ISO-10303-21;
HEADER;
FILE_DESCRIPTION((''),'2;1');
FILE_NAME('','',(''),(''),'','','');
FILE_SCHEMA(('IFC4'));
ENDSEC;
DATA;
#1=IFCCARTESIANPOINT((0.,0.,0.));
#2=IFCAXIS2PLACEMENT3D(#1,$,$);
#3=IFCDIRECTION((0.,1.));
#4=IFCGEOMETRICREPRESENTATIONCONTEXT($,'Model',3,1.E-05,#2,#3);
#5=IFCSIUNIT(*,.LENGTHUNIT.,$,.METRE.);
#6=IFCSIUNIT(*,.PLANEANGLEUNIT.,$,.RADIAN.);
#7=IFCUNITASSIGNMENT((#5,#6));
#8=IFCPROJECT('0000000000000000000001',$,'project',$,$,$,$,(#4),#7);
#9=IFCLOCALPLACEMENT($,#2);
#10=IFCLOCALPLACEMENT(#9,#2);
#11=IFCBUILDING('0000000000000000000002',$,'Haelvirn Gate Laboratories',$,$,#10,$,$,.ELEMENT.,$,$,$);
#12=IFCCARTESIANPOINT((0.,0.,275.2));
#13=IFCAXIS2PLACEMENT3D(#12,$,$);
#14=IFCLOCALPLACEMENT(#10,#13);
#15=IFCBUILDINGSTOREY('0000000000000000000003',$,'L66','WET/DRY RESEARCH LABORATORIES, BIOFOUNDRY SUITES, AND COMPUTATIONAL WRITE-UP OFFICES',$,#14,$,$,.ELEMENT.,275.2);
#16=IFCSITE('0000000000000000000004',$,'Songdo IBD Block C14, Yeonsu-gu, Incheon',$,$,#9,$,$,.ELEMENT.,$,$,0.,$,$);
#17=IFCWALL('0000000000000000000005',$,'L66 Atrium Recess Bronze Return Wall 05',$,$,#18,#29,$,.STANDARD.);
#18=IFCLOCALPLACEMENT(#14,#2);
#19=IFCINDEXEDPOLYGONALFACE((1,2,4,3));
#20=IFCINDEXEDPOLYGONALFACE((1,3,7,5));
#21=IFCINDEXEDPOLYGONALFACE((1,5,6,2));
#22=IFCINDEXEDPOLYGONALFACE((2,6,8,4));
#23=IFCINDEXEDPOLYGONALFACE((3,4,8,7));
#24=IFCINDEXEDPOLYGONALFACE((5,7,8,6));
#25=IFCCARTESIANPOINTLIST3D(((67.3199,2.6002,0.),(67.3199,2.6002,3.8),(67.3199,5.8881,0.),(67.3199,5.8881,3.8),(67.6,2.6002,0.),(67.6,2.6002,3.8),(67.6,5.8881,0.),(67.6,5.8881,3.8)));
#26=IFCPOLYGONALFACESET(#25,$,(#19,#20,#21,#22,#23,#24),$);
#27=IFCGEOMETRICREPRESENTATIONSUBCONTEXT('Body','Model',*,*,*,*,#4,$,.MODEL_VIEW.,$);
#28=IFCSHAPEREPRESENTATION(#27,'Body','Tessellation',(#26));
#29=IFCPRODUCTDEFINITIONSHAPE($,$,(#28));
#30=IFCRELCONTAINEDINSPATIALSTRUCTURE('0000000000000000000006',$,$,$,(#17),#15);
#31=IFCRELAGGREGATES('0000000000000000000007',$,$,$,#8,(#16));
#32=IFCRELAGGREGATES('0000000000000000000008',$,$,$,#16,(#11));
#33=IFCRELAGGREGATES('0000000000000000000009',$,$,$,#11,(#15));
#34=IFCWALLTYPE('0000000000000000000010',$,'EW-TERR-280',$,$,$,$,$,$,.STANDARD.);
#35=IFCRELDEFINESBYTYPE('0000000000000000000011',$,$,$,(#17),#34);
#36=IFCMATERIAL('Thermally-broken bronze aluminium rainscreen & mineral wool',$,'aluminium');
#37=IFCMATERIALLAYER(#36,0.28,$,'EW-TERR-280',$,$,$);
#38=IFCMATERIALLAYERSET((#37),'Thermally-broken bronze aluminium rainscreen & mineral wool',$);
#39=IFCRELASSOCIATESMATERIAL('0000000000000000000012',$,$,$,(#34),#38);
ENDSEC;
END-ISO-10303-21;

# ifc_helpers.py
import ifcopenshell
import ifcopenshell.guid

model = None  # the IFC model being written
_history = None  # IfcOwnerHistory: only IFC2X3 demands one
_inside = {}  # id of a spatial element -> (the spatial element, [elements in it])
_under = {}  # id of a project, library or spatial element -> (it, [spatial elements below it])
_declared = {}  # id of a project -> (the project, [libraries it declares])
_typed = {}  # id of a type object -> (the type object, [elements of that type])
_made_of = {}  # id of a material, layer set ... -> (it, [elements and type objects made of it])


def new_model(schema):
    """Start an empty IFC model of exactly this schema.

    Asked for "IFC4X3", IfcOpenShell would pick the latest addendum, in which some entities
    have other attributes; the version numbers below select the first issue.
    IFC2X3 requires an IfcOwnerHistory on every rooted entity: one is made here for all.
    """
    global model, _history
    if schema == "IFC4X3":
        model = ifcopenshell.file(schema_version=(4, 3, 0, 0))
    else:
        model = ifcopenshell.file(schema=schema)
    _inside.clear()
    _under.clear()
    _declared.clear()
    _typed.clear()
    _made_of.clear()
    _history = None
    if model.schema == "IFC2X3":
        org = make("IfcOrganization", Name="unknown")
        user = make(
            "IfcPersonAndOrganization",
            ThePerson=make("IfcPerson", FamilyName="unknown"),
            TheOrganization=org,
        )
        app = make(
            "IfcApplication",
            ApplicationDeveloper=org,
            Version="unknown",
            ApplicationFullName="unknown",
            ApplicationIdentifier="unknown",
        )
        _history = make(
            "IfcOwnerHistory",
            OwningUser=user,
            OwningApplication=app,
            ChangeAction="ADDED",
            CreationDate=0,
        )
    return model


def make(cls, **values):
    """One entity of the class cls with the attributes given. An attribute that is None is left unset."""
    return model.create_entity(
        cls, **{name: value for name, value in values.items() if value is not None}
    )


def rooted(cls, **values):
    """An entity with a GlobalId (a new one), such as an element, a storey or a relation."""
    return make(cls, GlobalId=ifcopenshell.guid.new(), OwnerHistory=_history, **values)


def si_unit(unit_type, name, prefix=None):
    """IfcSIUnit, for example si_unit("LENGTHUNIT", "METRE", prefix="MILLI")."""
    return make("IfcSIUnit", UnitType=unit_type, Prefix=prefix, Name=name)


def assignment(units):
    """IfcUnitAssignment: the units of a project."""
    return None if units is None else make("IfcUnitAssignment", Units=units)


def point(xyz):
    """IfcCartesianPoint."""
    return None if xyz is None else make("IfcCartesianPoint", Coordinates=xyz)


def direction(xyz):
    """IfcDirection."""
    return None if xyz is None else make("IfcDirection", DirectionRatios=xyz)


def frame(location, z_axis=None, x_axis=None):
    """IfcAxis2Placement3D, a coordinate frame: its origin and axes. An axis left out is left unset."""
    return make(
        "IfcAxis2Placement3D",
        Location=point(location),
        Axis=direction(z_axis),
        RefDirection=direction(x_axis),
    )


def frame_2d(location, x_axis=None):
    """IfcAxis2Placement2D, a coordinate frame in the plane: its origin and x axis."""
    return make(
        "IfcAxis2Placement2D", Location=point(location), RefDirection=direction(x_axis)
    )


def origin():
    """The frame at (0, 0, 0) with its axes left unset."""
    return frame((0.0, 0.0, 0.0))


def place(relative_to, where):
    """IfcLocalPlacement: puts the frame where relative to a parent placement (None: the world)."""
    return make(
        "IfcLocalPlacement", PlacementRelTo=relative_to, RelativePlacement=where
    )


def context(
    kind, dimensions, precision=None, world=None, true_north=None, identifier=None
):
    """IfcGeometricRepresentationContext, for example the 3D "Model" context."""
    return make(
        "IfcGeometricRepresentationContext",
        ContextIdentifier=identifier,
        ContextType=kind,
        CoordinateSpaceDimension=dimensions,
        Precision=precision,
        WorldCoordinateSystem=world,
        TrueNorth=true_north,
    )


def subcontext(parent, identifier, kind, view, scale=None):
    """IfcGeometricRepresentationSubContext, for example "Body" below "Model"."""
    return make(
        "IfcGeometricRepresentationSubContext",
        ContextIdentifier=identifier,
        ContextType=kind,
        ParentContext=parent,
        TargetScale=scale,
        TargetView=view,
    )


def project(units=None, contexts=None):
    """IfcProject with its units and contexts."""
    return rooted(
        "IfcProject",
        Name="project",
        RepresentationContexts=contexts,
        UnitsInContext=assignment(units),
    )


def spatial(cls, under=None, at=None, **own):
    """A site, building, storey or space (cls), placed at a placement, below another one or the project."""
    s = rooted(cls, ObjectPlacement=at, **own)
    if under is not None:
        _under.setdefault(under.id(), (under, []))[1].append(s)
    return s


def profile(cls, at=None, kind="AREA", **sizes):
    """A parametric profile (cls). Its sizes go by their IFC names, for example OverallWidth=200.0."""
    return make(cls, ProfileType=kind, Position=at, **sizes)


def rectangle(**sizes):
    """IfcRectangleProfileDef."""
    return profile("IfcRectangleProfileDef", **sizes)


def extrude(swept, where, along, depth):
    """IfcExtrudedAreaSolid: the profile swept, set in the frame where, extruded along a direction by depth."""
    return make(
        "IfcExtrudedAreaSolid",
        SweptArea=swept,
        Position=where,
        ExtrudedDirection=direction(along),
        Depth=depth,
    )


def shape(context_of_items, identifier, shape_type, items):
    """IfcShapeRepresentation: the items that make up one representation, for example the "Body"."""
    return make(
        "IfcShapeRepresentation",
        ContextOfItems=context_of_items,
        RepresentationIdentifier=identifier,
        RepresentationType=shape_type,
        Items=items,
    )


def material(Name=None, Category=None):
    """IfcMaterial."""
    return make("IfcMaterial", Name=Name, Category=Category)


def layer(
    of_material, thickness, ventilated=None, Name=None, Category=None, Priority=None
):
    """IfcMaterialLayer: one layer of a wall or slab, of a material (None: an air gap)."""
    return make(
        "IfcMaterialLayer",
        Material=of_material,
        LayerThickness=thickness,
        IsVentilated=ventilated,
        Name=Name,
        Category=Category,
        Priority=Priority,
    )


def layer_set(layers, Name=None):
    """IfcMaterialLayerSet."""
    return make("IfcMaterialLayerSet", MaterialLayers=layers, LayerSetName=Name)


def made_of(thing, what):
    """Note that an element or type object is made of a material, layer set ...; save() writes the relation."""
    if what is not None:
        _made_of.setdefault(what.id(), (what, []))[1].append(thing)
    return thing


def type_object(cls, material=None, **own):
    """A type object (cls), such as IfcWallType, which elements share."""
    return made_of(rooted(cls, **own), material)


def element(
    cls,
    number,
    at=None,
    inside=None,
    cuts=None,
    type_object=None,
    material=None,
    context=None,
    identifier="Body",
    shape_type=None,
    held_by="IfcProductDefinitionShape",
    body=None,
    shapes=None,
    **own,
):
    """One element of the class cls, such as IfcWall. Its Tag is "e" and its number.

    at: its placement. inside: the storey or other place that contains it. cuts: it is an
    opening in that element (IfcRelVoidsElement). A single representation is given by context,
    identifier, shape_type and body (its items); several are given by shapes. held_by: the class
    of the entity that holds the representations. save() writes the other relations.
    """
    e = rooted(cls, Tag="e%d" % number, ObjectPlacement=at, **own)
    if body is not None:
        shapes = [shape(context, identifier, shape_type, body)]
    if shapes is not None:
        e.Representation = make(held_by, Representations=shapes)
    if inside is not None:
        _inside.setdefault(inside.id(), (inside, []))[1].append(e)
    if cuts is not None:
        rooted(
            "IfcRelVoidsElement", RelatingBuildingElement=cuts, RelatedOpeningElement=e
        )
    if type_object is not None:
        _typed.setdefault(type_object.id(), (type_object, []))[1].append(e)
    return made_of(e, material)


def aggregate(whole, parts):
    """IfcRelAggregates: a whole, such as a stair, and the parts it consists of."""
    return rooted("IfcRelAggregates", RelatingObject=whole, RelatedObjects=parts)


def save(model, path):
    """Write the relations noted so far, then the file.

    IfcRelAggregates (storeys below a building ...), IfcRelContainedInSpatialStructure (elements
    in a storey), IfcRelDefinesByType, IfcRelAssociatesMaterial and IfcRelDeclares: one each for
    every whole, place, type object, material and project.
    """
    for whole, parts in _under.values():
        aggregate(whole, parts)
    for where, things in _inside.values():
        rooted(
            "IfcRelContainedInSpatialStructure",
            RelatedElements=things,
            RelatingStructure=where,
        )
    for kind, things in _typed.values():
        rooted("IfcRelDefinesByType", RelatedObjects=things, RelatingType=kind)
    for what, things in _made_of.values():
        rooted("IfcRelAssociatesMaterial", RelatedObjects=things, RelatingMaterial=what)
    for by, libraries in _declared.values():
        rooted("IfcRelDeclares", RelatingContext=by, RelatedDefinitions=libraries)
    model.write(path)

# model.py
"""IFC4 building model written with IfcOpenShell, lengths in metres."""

from ifc_helpers import new_model, si_unit, direction, frame, frame_2d, origin, place, context, subcontext, project, spatial, rectangle, extrude, material, layer, layer_set, type_object, element, save


model = new_model("IFC4")

# Units and contexts
model_context = context("Model", 3, precision=1e-05, world=origin(), true_north=direction((0.0, 1.0)))
body_context = subcontext(model_context, "Body", "Model", "MODEL_VIEW")
ifc_project = project(units=[si_unit("LENGTHUNIT", "METRE"), si_unit("PLANEANGLEUNIT", "RADIAN")], contexts=[model_context])

# Site, building, storey
site_placement = place(None, origin())
site = spatial("IfcSite", under=ifc_project, at=site_placement, Name="Songdo IBD Block C14, Yeonsu-gu, Incheon", CompositionType="ELEMENT", RefElevation=0.0)
building_placement = place(site_placement, origin())
building = spatial("IfcBuilding", under=site, at=building_placement, Name="Haelvirn Gate Laboratories", CompositionType="ELEMENT")
storey_placement = place(building_placement, frame((0.0, 0.0, 275.2)))
storey = spatial("IfcBuildingStorey", under=building, at=storey_placement, Name="L66", Description="WET/DRY RESEARCH LABORATORIES, BIOFOUNDRY SUITES, AND COMPUTATIONAL WRITE-UP OFFICES", CompositionType="ELEMENT", Elevation=275.2)

# Wall
ifc_material_1 = material(Name="Thermally-broken bronze aluminium rainscreen & mineral wool", Category="aluminium")
ifc_layer_1 = layer(ifc_material_1, 0.28, Name="EW-TERR-280")
ifc_layer_set_1 = layer_set([ifc_layer_1], Name="Thermally-broken bronze aluminium rainscreen & mineral wool")
wall_type = type_object("IfcWallType", Name="EW-TERR-280", PredefinedType="STANDARD", material=ifc_layer_set_1)
wall_placement = place(storey_placement, frame((67.46, 2.6001, 0.0), z_axis=(0.0, 0.0, 1.0), x_axis=(0.0, 1.0, 0.0)))
element("IfcWall", 1, at=wall_placement, inside=storey, type_object=wall_type, Name="L66 Atrium Recess Bronze Return Wall 05", PredefinedType="STANDARD", context=body_context, shape_type="SweptSolid", body=[
    extrude(rectangle(XDim=3.2878, YDim=0.28, at=frame_2d((1.644, 0.0))), origin(), (0.0, 0.0, 1.0), 3.8),
])

save(model, "model.ifc")
